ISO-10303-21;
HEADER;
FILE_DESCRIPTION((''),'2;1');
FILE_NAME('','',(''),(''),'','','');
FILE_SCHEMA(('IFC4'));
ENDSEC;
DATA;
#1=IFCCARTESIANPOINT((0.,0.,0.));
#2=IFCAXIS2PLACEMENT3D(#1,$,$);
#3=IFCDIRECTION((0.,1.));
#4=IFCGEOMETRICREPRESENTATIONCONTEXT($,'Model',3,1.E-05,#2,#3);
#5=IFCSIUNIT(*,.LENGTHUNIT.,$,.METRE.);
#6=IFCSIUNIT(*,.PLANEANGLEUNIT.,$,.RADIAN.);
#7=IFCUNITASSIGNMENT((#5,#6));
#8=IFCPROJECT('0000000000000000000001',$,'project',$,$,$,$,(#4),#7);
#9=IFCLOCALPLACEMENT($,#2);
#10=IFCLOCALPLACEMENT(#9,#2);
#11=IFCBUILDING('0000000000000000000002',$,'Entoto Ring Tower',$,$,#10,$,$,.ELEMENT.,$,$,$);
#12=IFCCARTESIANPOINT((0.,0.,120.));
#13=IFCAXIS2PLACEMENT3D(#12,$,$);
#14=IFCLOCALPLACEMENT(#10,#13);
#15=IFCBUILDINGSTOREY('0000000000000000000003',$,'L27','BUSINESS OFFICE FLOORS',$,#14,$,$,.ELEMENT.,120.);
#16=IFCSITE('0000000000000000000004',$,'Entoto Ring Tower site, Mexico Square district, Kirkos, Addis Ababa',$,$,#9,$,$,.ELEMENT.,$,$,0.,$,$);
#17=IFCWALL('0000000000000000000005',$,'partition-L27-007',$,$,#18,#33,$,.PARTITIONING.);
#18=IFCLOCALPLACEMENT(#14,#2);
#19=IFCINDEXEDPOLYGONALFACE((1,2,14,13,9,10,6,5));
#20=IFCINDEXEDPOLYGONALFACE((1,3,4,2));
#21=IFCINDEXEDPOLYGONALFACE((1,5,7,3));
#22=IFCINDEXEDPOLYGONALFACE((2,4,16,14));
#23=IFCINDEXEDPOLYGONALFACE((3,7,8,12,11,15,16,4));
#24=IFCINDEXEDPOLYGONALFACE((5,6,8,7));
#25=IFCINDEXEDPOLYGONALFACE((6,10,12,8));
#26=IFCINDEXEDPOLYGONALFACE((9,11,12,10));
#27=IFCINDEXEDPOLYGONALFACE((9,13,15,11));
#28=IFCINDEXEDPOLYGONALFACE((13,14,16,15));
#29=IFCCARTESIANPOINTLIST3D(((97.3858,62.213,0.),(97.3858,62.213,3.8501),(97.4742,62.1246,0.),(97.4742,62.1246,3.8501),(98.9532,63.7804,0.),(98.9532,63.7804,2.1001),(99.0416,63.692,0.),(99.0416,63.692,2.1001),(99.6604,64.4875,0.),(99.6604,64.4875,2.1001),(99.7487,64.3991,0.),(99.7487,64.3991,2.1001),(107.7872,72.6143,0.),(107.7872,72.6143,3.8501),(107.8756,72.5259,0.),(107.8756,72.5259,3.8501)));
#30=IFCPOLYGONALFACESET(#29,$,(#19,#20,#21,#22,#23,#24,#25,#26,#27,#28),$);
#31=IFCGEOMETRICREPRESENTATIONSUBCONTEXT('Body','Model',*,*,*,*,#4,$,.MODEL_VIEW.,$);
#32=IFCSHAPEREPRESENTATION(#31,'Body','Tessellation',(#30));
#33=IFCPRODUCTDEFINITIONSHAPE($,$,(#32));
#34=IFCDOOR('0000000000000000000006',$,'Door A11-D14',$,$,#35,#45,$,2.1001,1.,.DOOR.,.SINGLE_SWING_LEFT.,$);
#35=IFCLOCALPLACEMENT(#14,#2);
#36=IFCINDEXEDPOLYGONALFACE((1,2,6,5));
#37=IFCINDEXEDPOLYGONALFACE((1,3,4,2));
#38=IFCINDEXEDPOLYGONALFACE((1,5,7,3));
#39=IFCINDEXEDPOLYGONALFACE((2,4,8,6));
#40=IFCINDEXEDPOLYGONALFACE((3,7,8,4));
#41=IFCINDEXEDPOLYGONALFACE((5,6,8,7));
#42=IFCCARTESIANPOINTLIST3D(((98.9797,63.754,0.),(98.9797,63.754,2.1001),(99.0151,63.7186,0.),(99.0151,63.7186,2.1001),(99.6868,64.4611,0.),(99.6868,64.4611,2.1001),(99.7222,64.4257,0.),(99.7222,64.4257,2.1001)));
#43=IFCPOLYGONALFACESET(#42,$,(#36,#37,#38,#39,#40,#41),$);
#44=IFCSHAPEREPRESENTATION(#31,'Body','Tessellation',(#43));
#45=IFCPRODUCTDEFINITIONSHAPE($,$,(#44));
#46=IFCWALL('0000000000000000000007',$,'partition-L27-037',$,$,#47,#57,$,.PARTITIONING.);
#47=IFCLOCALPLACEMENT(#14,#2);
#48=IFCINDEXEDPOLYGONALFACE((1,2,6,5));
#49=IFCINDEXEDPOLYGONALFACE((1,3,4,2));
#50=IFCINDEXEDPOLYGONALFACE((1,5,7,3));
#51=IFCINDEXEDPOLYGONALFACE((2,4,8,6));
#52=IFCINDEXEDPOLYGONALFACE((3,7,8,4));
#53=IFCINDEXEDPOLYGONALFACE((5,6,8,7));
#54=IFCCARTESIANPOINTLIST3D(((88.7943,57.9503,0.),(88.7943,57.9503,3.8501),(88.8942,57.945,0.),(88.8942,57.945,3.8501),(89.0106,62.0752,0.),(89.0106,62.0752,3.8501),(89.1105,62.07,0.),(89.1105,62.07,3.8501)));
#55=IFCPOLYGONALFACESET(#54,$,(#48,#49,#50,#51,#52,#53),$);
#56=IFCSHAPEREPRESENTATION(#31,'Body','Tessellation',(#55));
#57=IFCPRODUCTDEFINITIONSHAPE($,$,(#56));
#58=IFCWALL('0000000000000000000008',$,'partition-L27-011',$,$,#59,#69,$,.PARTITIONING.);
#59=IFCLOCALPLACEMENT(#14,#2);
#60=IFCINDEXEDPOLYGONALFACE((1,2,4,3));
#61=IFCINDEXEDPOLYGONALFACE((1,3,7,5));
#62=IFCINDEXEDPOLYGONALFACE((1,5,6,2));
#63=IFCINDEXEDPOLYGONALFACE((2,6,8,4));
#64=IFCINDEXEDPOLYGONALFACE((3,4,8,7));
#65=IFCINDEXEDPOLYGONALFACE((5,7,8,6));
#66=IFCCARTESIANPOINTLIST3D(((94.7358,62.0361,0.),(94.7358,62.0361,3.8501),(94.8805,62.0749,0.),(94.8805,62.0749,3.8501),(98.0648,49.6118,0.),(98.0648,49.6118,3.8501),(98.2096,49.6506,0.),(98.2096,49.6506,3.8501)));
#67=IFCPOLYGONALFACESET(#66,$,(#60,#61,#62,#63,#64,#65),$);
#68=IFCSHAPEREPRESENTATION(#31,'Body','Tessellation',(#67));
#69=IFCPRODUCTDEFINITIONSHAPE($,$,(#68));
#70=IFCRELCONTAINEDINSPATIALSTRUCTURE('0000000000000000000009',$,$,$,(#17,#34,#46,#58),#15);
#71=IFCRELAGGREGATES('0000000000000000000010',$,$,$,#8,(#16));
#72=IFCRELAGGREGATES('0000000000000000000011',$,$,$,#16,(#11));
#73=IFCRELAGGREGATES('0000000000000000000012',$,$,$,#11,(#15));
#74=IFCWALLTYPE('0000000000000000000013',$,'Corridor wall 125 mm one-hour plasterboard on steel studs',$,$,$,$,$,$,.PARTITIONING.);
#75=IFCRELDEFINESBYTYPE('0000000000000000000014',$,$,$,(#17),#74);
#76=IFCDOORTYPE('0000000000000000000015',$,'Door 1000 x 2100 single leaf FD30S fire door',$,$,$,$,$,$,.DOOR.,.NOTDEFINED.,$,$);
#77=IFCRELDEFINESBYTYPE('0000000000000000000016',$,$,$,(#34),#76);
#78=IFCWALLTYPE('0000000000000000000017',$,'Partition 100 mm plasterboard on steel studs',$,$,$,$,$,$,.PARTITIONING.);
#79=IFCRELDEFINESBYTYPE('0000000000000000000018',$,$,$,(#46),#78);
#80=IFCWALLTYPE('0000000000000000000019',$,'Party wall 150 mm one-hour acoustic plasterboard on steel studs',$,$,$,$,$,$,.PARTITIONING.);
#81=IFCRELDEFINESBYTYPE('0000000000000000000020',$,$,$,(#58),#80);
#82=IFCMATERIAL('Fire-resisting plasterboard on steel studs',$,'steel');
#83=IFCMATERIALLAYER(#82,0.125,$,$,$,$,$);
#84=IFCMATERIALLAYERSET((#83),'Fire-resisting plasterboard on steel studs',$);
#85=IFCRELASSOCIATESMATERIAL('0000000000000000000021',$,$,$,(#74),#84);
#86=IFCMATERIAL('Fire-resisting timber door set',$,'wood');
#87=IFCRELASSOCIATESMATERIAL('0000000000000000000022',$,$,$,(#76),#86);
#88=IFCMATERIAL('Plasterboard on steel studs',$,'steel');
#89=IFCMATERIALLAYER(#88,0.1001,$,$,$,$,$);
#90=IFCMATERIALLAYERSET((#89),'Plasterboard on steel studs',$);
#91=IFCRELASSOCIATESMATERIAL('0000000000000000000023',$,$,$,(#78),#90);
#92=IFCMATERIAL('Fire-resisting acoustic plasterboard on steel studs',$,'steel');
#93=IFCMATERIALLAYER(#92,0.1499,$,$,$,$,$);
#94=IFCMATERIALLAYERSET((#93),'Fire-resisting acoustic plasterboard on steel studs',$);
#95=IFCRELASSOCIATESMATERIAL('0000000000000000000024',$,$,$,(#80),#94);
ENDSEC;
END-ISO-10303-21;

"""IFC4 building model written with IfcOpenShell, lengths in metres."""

from ifc_helpers import new_model, si_unit, direction, frame, frame_2d, origin, place, context, subcontext, project, spatial, rectangle, extrude, material, layer, layer_set, type_object, element, fill, save


model = new_model("IFC4")

# Units and contexts
model_context = context("Model", 3, precision=1e-05, world=origin(), true_north=direction((0.0, 1.0)))
body_context = subcontext(model_context, "Body", "Model", "MODEL_VIEW")
ifc_project = project(units=[si_unit("LENGTHUNIT", "METRE"), si_unit("PLANEANGLEUNIT", "RADIAN")], contexts=[model_context])

# Site, building, storey
site_placement = place(None, origin())
site = spatial("IfcSite", under=ifc_project, at=site_placement, Name="Entoto Ring Tower site, Mexico Square district, Kirkos, Addis Ababa", CompositionType="ELEMENT", RefElevation=0.0)
building_placement = place(site_placement, origin())
building = spatial("IfcBuilding", under=site, at=building_placement, Name="Entoto Ring Tower", CompositionType="ELEMENT")
storey_placement = place(building_placement, frame((0.0, 0.0, 120.0)))
storey = spatial("IfcBuildingStorey", under=building, at=storey_placement, Name="L27", Description="BUSINESS OFFICE FLOORS", CompositionType="ELEMENT", Elevation=120.0)

# Wall, opening, door
ifc_material_1 = material(Name="Fire-resisting plasterboard on steel studs", Category="steel")
ifc_layer_1 = layer(ifc_material_1, 0.125)
ifc_layer_set_1 = layer_set([ifc_layer_1], Name="Fire-resisting plasterboard on steel studs")
wall_type_1 = type_object("IfcWallType", Name="Corridor wall 125 mm one-hour plasterboard on steel studs", PredefinedType="PARTITIONING", material=ifc_layer_set_1)
wall_1_placement = place(storey_placement, frame((97.4299, 62.1687, 0.0), z_axis=(0.0, 0.0, 1.0), x_axis=(0.707107, 0.707107, 0.0)))
wall_1 = element("IfcWall", 1, at=wall_1_placement, inside=storey, type_object=wall_type_1, Name="partition-L27-007", PredefinedType="PARTITIONING", context=body_context, shape_type="SweptSolid", body=[
    extrude(rectangle(XDim=14.7097, YDim=0.125, at=frame_2d((7.355, 0.0))), origin(), (0.0, 0.0, 1.0), 3.8501),
])
opening_placement = place(wall_1_placement, frame((2.2168, 0.0, 0.0)))
opening = element("IfcOpeningElement", 2, at=opening_placement, cuts=wall_1, PredefinedType="OPENING", context=body_context, shape_type="SweptSolid", body=[
    extrude(rectangle(XDim=1.0, YDim=2.1001, at=frame_2d((0.5, 1.05))), frame((0.0, 0.0725, 0.0), z_axis=(0.0, -1.0, 0.0), x_axis=(1.0, 0.0, 0.0)), (0.0, 0.0, 1.0), 0.145),
])
ifc_material_2 = material(Name="Fire-resisting timber door set", Category="wood")
door_type = type_object("IfcDoorType", Name="Door 1000 x 2100 single leaf FD30S fire door", OperationType="NOTDEFINED", PredefinedType="DOOR", material=ifc_material_2)
door_placement = place(opening_placement, frame((1.0, 0.0, 0.0), z_axis=(0.0, 0.0, 1.0), x_axis=(-1.0, 0.0, 0.0)))
door = element("IfcDoor", 3, at=door_placement, inside=storey, type_object=door_type, Name="Door A11-D14", OperationType="SINGLE_SWING_LEFT", OverallHeight=2.1001, OverallWidth=1.0, PredefinedType="DOOR", context=body_context, shape_type="SweptSolid", body=[
    extrude(rectangle(XDim=1.0, YDim=2.1001, at=frame_2d((0.5, 1.05))), frame((0.0, 0.0249, 0.0), z_axis=(0.0, -1.0, 0.0), x_axis=(1.0, 0.0, 0.0)), (0.0, 0.0, 1.0), 0.05),
])
fill(opening, door)

# Walls
ifc_material_3 = material(Name="Plasterboard on steel studs", Category="steel")
ifc_layer_2 = layer(ifc_material_3, 0.1001)
ifc_layer_set_2 = layer_set([ifc_layer_2], Name="Plasterboard on steel studs")
wall_type_2 = type_object("IfcWallType", Name="Partition 100 mm plasterboard on steel studs", PredefinedType="PARTITIONING", material=ifc_layer_set_2)
wall_2_placement = place(storey_placement, frame((88.8442, 57.9475, 0.0), z_axis=(0.0, 0.0, 1.0), x_axis=(0.052366, 0.998628, 0.0)))
element("IfcWall", 4, at=wall_2_placement, inside=storey, type_object=wall_type_2, Name="partition-L27-037", PredefinedType="PARTITIONING", context=body_context, shape_type="SweptSolid", body=[
    extrude(rectangle(XDim=4.1306, YDim=0.1001, at=frame_2d((2.0654, 0.0))), origin(), (0.0, 0.0, 1.0), 3.8501),
])
ifc_material_4 = material(Name="Fire-resisting acoustic plasterboard on steel studs", Category="steel")
ifc_layer_3 = layer(ifc_material_4, 0.1499)
ifc_layer_set_3 = layer_set([ifc_layer_3], Name="Fire-resisting acoustic plasterboard on steel studs")
wall_type_3 = type_object("IfcWallType", Name="Party wall 150 mm one-hour acoustic plasterboard on steel studs", PredefinedType="PARTITIONING", material=ifc_layer_set_3)
wall_3_placement = place(storey_placement, frame((98.1372, 49.6313, 0.0), z_axis=(0.0, 0.0, 1.0), x_axis=(-0.25882, 0.965926, 0.0)))
element("IfcWall", 5, at=wall_3_placement, inside=storey, type_object=wall_type_3, Name="partition-L27-011", PredefinedType="PARTITIONING", context=body_context, shape_type="SweptSolid", body=[
    extrude(rectangle(XDim=12.8625, YDim=0.1499, at=frame_2d((6.4312, 0.0))), origin(), (0.0, 0.0, 1.0), 3.8501),
])

save(model, "model.ifc")
